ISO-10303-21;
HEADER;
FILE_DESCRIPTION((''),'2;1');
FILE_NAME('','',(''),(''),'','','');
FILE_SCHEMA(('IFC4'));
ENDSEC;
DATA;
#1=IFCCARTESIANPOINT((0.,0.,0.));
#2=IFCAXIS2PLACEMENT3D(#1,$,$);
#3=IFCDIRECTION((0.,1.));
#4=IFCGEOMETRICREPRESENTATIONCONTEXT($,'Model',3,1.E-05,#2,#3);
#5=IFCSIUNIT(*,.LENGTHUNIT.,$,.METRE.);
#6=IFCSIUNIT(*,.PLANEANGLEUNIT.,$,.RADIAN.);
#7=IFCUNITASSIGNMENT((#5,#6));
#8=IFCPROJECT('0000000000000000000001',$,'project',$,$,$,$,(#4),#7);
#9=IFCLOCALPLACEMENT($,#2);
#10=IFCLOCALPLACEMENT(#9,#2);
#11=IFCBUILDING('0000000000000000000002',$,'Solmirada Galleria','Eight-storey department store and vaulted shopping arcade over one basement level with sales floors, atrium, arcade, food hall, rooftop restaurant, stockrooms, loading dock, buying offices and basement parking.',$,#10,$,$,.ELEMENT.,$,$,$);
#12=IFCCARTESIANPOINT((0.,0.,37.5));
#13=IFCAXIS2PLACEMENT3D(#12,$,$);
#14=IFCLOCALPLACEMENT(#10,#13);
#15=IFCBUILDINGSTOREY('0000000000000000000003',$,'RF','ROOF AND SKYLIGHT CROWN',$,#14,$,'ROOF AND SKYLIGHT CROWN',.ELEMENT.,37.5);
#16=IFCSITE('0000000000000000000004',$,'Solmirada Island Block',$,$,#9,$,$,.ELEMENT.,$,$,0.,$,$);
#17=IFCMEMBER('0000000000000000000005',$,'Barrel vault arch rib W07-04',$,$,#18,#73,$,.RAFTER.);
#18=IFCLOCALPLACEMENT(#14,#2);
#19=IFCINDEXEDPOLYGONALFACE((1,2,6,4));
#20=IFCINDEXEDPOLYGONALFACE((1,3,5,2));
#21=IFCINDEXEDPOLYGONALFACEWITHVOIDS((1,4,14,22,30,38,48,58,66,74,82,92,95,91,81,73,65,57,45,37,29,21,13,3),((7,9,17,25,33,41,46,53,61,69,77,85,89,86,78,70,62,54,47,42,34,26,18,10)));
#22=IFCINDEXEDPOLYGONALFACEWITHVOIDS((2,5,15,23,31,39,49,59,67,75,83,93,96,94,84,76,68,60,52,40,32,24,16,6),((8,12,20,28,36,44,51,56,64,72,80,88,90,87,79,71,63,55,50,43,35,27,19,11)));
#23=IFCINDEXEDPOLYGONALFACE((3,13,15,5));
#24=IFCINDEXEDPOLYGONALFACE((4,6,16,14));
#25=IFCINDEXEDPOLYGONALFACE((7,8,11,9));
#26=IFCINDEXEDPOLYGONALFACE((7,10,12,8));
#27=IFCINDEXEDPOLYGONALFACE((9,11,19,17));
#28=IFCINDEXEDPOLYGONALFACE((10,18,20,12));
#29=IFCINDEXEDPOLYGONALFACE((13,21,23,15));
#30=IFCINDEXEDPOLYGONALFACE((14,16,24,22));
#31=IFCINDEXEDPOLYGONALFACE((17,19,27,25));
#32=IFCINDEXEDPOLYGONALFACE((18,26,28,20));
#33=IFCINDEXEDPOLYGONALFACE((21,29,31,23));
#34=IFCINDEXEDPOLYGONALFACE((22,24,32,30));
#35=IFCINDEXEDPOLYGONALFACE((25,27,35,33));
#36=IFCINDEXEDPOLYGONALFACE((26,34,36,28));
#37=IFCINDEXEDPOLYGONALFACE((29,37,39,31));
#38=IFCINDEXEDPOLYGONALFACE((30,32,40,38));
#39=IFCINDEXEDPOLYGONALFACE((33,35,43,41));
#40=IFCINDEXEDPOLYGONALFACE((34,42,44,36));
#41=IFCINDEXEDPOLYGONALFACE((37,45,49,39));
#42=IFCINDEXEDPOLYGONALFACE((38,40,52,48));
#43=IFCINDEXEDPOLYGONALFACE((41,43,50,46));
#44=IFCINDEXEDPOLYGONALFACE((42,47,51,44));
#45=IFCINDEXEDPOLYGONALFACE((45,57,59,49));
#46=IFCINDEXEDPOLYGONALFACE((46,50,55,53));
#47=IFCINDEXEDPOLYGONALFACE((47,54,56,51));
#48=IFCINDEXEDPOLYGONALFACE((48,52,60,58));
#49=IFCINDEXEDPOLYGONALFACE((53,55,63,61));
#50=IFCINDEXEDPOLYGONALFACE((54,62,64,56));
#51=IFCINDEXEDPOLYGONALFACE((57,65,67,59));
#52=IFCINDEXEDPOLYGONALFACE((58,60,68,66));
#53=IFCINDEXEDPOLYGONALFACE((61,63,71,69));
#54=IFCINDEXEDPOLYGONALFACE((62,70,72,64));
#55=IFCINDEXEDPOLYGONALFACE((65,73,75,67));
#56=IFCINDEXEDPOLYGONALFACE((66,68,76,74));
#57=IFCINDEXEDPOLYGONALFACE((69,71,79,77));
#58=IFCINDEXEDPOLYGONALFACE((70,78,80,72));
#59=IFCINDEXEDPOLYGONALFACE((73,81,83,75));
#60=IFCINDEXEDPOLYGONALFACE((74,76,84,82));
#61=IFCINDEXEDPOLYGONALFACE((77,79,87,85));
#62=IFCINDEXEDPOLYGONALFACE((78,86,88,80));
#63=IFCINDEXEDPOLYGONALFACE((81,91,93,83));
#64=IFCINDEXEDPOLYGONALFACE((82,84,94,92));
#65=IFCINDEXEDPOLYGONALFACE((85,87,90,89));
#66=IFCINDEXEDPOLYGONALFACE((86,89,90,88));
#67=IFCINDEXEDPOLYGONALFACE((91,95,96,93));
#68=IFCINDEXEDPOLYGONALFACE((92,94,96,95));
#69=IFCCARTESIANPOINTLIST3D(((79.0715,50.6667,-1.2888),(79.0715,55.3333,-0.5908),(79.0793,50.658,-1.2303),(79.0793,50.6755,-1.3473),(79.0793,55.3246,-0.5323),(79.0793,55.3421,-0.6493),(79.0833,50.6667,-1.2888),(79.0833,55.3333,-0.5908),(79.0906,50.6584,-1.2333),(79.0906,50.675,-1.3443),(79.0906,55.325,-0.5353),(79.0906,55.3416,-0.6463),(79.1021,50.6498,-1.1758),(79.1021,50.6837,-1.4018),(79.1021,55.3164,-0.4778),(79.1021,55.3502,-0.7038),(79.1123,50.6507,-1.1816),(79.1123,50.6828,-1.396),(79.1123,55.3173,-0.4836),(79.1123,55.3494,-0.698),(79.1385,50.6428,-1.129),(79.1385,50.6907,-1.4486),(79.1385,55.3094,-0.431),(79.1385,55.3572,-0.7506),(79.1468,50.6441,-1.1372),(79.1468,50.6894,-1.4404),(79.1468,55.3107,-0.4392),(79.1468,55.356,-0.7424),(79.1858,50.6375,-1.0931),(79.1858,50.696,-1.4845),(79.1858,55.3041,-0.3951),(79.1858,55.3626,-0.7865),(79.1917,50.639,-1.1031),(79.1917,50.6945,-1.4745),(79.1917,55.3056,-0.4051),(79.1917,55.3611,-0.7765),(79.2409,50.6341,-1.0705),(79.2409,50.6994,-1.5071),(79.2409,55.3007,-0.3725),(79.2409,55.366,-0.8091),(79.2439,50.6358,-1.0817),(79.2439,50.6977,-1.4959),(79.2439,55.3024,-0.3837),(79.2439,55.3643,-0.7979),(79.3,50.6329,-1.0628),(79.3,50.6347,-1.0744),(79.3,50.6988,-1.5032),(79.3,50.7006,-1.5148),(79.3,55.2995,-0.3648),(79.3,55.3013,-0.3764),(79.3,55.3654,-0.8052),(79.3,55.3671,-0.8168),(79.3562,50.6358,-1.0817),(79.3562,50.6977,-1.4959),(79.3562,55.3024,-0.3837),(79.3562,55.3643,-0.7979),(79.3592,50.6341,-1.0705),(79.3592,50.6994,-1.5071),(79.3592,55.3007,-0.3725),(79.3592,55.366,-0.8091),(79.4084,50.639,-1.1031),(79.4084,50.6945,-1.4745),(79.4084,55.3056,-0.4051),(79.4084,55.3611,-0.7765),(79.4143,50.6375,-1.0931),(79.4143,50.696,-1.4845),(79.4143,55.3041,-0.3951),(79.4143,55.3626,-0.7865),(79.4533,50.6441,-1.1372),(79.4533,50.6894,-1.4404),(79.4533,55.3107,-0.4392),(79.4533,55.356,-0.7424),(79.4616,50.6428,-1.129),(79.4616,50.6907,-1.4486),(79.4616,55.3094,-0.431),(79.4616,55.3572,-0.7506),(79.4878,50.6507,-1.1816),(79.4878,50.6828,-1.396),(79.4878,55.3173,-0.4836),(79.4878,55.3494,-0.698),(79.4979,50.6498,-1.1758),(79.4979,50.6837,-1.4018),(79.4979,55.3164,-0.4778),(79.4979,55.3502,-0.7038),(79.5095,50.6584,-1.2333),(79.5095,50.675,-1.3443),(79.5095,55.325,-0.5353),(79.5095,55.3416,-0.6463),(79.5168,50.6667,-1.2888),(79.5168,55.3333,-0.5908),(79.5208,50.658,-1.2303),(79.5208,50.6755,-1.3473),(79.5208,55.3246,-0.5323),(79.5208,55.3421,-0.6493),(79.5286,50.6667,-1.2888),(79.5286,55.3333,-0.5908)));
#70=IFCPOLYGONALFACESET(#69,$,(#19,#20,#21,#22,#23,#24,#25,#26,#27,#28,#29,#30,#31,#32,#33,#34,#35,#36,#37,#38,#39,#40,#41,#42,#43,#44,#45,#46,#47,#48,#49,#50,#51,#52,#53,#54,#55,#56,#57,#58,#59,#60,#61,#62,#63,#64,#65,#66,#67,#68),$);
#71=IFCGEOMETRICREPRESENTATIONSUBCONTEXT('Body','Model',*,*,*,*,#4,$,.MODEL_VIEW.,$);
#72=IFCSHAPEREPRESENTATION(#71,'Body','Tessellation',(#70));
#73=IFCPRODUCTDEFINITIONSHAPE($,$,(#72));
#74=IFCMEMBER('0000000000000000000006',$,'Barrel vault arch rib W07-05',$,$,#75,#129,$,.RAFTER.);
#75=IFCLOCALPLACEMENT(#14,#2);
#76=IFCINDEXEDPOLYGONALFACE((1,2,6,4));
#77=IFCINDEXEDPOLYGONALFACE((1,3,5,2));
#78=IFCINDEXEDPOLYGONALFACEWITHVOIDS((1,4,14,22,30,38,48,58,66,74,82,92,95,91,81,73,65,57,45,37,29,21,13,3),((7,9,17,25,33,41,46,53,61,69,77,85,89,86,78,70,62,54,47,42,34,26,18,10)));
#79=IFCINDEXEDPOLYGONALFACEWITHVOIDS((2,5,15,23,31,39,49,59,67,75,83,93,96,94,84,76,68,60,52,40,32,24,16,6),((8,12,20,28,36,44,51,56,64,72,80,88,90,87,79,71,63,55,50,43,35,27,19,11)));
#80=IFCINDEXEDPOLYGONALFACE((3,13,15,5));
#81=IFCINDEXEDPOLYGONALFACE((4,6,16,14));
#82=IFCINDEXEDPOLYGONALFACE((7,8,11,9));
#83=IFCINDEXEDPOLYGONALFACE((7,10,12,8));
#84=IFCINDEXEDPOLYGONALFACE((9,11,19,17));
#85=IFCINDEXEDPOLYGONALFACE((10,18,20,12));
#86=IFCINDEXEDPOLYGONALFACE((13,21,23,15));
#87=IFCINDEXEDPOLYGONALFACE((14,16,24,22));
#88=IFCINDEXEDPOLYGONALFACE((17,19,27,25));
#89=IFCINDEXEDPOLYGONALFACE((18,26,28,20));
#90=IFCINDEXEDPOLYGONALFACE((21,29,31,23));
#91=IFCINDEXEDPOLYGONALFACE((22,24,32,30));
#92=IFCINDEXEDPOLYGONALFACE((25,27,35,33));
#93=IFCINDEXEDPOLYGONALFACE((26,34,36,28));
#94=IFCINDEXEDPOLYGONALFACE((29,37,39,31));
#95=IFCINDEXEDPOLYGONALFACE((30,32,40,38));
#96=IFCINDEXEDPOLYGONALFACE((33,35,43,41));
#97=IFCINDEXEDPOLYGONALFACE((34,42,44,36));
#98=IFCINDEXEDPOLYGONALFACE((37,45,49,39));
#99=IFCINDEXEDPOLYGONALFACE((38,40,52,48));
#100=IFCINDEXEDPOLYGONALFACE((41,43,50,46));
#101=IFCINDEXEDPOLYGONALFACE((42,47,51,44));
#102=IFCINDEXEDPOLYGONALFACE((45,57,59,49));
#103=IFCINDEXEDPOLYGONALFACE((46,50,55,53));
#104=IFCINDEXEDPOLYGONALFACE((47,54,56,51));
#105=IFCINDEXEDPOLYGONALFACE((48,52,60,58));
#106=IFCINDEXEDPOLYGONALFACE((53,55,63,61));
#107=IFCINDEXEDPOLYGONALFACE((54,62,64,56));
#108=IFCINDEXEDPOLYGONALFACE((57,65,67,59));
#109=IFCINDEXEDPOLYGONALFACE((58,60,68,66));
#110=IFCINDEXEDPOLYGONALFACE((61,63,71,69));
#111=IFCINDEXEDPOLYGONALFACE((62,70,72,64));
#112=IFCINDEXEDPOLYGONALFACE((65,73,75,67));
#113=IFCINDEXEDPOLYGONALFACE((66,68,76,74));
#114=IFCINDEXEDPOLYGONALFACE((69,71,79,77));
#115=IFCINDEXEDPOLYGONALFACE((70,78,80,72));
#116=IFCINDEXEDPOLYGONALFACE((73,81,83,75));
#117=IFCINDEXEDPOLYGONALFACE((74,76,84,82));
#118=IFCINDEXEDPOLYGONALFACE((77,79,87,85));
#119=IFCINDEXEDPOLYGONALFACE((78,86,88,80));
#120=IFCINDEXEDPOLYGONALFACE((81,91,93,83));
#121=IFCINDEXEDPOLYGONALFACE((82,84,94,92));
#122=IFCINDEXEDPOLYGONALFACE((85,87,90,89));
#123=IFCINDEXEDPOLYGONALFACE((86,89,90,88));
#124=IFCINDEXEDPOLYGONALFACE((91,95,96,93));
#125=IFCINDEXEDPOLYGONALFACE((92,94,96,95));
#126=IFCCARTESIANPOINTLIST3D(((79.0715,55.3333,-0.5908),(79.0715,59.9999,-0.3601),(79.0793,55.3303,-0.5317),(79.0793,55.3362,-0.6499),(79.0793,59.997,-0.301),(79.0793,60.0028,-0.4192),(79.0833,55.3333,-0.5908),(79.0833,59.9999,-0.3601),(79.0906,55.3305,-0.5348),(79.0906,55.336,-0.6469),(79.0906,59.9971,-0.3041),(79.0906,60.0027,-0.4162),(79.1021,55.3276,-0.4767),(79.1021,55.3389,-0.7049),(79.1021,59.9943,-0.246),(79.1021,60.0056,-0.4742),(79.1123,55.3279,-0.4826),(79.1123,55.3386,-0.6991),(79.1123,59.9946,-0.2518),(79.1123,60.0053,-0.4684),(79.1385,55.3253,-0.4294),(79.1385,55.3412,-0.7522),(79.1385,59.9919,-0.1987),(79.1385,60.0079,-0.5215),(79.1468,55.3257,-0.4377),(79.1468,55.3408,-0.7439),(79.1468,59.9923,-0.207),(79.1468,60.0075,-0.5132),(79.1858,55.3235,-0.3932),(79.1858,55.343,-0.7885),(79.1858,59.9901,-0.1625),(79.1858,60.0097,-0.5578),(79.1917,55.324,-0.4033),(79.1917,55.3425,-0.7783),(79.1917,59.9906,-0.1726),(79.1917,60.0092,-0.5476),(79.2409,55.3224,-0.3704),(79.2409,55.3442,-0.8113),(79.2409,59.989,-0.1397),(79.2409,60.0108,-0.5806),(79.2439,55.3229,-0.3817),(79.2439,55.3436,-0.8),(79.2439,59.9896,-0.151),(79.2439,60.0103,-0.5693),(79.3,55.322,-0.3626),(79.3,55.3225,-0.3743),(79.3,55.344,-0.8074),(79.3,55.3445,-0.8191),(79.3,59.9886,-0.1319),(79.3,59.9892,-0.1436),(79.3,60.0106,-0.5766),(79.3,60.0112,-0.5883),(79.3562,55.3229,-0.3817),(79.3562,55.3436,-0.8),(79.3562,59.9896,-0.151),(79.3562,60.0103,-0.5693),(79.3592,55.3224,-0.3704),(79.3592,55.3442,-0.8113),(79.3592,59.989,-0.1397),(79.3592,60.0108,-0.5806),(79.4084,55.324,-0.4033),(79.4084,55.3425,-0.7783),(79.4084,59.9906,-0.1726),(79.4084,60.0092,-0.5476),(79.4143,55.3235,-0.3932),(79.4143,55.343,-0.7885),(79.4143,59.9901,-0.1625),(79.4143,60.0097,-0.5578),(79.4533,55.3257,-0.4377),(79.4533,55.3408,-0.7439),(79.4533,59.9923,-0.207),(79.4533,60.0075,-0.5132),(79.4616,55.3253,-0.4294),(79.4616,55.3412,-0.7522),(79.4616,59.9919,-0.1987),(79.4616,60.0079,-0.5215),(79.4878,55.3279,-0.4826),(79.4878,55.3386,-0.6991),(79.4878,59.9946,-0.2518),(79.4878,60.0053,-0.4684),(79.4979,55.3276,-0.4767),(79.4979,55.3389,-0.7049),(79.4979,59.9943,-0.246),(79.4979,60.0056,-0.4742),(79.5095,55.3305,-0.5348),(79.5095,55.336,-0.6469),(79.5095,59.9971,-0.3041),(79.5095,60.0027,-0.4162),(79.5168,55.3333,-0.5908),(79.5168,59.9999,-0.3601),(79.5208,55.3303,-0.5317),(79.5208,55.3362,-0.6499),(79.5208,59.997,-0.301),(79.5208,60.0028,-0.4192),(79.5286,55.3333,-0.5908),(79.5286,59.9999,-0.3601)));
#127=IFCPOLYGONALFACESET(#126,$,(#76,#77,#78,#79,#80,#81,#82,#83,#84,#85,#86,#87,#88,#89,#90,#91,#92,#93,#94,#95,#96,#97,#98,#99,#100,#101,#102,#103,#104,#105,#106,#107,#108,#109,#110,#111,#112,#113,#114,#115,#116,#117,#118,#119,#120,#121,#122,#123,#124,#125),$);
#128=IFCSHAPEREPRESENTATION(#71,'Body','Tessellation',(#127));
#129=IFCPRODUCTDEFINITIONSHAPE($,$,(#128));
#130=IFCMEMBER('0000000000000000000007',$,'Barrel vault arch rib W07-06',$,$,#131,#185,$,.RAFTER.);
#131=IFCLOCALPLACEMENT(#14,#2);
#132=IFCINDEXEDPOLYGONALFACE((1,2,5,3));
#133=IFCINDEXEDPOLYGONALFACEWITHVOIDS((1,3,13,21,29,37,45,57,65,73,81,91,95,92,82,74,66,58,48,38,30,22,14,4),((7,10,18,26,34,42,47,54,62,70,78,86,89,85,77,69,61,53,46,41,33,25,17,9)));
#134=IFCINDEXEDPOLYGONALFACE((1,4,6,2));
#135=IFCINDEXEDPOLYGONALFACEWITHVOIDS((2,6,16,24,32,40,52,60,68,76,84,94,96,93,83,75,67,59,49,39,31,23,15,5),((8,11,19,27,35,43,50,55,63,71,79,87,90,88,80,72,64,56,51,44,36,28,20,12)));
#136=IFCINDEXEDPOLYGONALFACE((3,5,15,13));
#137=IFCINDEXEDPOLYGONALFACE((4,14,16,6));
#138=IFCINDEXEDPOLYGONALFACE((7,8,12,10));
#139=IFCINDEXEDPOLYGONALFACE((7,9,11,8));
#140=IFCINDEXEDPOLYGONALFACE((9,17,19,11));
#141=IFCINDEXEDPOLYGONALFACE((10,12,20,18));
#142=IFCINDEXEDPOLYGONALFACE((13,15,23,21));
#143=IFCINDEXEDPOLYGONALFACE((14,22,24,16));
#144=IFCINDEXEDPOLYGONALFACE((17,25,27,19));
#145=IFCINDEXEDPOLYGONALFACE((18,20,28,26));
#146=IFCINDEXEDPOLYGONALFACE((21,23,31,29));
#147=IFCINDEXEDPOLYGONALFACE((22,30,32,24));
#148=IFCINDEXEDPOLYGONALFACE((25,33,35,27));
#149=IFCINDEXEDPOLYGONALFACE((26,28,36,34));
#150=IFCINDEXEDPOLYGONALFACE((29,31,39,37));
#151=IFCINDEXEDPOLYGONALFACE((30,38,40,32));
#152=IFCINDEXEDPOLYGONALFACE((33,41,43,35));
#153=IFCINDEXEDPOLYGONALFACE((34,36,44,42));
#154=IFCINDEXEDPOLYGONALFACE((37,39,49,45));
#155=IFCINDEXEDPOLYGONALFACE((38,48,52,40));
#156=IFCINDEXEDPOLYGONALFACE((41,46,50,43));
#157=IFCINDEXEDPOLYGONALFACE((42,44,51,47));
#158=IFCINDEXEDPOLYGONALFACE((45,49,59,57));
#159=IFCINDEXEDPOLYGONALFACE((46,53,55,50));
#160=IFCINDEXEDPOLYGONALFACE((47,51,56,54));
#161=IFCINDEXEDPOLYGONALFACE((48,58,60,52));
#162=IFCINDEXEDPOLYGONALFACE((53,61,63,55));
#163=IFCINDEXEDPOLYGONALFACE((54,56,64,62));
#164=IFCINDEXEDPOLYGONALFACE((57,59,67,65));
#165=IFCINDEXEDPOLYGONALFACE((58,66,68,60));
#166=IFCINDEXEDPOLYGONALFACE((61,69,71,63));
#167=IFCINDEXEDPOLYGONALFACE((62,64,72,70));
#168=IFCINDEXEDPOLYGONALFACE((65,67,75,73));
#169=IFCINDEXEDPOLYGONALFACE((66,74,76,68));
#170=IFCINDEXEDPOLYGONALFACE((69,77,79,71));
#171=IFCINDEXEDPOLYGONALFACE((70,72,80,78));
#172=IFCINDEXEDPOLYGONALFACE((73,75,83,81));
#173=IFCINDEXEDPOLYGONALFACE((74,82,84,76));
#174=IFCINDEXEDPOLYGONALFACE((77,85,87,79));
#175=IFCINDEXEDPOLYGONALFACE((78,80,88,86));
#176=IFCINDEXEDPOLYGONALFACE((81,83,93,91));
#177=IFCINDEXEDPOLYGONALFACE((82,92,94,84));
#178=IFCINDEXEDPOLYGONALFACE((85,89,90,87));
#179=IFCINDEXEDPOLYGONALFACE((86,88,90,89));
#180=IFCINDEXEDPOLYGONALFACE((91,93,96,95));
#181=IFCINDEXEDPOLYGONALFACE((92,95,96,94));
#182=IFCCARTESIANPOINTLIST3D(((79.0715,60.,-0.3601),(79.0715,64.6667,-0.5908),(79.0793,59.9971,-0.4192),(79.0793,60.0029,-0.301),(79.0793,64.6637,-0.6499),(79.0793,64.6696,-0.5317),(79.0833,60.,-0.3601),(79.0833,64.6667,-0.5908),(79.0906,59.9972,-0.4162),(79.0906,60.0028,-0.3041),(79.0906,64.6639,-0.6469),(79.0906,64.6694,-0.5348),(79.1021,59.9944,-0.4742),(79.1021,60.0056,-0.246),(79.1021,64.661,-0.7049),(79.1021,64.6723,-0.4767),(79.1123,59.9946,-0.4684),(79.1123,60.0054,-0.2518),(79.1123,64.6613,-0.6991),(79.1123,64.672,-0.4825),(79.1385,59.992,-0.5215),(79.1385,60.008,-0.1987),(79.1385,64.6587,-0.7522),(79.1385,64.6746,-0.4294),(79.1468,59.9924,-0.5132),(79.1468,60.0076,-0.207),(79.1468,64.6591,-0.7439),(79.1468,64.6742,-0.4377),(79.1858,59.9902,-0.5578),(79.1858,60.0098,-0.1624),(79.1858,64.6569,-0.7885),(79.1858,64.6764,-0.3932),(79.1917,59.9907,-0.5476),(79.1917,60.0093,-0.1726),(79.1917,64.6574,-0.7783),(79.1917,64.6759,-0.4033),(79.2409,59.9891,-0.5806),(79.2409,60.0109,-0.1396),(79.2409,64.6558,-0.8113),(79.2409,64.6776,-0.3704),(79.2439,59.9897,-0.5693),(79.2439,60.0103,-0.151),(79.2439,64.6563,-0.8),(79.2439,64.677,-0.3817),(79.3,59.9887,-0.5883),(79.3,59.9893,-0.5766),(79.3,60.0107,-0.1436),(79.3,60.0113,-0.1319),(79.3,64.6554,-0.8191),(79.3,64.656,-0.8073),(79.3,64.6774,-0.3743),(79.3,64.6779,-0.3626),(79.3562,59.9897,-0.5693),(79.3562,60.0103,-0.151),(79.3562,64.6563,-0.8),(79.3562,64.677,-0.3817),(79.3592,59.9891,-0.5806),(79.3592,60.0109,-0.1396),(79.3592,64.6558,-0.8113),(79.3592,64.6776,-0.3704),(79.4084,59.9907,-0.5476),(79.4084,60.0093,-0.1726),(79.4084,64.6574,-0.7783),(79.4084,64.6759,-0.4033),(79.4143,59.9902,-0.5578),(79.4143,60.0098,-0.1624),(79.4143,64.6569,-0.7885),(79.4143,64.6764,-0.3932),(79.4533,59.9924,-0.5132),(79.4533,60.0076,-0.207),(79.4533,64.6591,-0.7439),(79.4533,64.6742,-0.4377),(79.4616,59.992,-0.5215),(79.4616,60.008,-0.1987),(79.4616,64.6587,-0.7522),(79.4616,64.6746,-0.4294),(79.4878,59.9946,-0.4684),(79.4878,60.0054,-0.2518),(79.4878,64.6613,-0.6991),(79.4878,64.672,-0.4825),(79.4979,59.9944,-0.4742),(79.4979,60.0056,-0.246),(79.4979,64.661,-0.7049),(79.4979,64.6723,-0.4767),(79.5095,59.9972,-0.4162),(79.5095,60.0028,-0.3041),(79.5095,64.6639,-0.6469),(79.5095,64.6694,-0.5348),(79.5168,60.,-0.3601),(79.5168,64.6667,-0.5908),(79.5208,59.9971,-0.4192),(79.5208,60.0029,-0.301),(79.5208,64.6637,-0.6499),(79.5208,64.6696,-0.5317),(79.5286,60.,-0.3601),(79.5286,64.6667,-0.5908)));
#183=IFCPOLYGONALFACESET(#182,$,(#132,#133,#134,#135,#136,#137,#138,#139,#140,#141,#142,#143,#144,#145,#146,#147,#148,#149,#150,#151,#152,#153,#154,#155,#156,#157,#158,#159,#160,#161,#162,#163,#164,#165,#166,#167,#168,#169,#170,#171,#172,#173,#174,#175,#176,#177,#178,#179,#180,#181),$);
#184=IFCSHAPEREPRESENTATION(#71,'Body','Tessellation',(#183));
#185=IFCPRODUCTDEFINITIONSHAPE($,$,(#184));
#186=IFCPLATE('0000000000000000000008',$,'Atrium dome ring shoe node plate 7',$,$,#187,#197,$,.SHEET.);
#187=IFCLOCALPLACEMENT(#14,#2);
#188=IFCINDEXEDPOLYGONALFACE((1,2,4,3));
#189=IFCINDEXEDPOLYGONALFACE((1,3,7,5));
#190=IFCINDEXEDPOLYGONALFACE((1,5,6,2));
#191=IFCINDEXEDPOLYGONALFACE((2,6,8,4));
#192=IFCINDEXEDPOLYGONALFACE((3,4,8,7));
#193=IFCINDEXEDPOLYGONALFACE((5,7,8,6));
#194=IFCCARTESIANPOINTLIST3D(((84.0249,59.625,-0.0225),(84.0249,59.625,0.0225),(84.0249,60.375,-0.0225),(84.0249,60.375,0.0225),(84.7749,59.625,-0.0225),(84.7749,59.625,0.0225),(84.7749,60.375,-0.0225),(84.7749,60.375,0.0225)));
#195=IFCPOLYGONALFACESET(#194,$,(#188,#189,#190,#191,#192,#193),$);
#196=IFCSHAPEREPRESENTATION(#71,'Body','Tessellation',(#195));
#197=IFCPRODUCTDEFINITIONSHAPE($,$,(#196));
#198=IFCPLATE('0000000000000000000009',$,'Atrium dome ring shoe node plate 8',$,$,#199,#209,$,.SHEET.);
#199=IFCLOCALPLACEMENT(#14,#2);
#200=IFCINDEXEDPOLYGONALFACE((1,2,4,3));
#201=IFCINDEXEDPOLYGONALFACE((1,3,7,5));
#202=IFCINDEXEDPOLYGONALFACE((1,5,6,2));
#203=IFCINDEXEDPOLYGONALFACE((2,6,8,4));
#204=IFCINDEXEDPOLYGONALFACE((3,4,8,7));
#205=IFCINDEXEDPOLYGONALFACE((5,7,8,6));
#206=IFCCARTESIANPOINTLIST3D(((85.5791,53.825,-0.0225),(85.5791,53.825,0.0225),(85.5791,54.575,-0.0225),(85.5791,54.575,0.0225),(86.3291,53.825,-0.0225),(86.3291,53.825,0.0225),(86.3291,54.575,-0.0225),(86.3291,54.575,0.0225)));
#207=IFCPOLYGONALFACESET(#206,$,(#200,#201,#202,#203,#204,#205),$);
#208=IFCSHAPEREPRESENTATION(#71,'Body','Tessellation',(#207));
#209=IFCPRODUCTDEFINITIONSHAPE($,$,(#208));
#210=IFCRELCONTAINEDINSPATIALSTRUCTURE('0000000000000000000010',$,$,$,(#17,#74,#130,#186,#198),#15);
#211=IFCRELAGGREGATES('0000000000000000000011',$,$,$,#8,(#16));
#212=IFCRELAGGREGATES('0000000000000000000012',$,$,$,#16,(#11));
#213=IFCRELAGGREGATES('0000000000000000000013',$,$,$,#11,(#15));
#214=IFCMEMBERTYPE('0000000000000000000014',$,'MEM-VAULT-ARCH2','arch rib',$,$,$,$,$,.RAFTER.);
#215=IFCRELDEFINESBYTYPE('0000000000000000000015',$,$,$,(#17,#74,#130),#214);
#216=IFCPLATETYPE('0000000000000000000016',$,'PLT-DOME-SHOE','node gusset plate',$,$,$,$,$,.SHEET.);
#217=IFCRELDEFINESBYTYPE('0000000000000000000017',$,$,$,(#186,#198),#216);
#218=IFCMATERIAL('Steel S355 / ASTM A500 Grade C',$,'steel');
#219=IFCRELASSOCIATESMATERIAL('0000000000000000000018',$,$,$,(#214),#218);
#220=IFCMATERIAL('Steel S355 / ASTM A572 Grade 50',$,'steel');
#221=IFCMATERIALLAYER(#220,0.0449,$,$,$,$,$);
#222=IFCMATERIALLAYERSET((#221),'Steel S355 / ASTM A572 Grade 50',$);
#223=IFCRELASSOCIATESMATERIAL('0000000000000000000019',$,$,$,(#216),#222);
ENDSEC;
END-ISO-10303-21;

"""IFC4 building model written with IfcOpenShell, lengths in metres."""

from ifc_helpers import new_model, si_unit, direction, frame, origin, origin_2d, place, context, subcontext, project, spatial, rectangle, hollow_circle, extrude, material, layer, layer_set, material_profile, profile_set, type_object, element, save


model = new_model("IFC4")

# Units and contexts
model_context = context("Model", 3, precision=1e-05, world=origin(), true_north=direction((0.0, 1.0)))
body_context = subcontext(model_context, "Body", "Model", "MODEL_VIEW")
ifc_project = project(units=[si_unit("LENGTHUNIT", "METRE"), si_unit("PLANEANGLEUNIT", "RADIAN")], contexts=[model_context])

# Site, building, storey
site_placement = place(None, origin())
site = spatial("IfcSite", under=ifc_project, at=site_placement, Name="Solmirada Island Block", CompositionType="ELEMENT", RefElevation=0.0)
building_placement = place(site_placement, origin())
building = spatial("IfcBuilding", under=site, at=building_placement, Name="Solmirada Galleria", Description="Eight-storey department store and vaulted shopping arcade over one basement level with sales floors, atrium, arcade, food hall, rooftop restaurant, stockrooms, loading dock, buying offices and basement parking.", CompositionType="ELEMENT")
storey_placement = place(building_placement, frame((0.0, 0.0, 37.5)))
storey = spatial("IfcBuildingStorey", under=building, at=storey_placement, Name="RF", Description="ROOF AND SKYLIGHT CROWN", LongName="ROOF AND SKYLIGHT CROWN", CompositionType="ELEMENT", Elevation=37.5)

# Members
ifc_material_1 = material(Name="Steel S355 / ASTM A500 Grade C", Category="steel")
ifc_material_profile_1 = material_profile(ifc_material_1, hollow_circle(Radius=0.2285, WallThickness=0.0117, at=origin_2d()), Name="HSS18.000X0.500")
ifc_profile_set_1 = profile_set([ifc_material_profile_1], Name="Steel S355 / ASTM A500 Grade C")
member_type_1 = type_object("IfcMemberType", Name="MEM-VAULT-ARCH2", Description="arch rib", PredefinedType="RAFTER", material=ifc_profile_set_1)
member_1_placement = place(storey_placement, frame((79.3, 50.6667, -1.2888), z_axis=(0.0, 0.988998, 0.147931), x_axis=(-1.0, 0.0, 0.0)))
element("IfcMember", 1, at=member_1_placement, inside=storey, type_object=member_type_1, Name="Barrel vault arch rib W07-04", PredefinedType="RAFTER", context=body_context, shape_type="SweptSolid", body=[
    extrude(hollow_circle(Radius=0.2285, WallThickness=0.0117, at=origin_2d()), origin(), (0.0, 0.0, 1.0), 4.7185),
])
for number, where, z_axis, x_axis, name in (
    (2, (79.3, 55.3333, -0.5908), (0.0, 0.99878, 0.049377), (-1.0, 0.0, 0.0), "Barrel vault arch rib W07-05"),
    (3, (79.3, 60.0, -0.3601), (0.0, 0.99878, -0.049377), (-1.0, 0.0, 0.0), "Barrel vault arch rib W07-06"),
):
    element("IfcMember", number, at=place(storey_placement, frame(where, z_axis=z_axis, x_axis=x_axis)), inside=storey, type_object=member_type_1, Name=name, PredefinedType="RAFTER", context=body_context, shape_type="SweptSolid", body=[
        extrude(hollow_circle(Radius=0.2285, WallThickness=0.0117, at=origin_2d()), origin(), (0.0, 0.0, 1.0), 4.6724),
    ])

# Plates
ifc_material_2 = material(Name="Steel S355 / ASTM A572 Grade 50", Category="steel")
ifc_layer_1 = layer(ifc_material_2, 0.0449)
ifc_layer_set_1 = layer_set([ifc_layer_1], Name="Steel S355 / ASTM A572 Grade 50")
plate_type_1 = type_object("IfcPlateType", Name="PLT-DOME-SHOE", Description="node gusset plate", PredefinedType="SHEET", material=ifc_layer_set_1)
for number, where, z_axis, x_axis, name in (
    (4, (84.3999, 60.0, -0.0225), (0.0, 0.0, 1.0), (1.0, 0.0, 0.0), "Atrium dome ring shoe node plate 7"),
    (5, (85.9541, 54.2, -0.0225), (0.0, 0.0, 1.0), (1.0, 0.0, 0.0), "Atrium dome ring shoe node plate 8"),
):
    element("IfcPlate", number, at=place(storey_placement, frame(where, z_axis=z_axis, x_axis=x_axis)), inside=storey, type_object=plate_type_1, Name=name, PredefinedType="SHEET", context=body_context, shape_type="SweptSolid", body=[
        extrude(rectangle(XDim=0.75, YDim=0.75, at=origin_2d()), origin(), (0.0, 0.0, 1.0), 0.0449),
    ])

save(model, "model.ifc")
